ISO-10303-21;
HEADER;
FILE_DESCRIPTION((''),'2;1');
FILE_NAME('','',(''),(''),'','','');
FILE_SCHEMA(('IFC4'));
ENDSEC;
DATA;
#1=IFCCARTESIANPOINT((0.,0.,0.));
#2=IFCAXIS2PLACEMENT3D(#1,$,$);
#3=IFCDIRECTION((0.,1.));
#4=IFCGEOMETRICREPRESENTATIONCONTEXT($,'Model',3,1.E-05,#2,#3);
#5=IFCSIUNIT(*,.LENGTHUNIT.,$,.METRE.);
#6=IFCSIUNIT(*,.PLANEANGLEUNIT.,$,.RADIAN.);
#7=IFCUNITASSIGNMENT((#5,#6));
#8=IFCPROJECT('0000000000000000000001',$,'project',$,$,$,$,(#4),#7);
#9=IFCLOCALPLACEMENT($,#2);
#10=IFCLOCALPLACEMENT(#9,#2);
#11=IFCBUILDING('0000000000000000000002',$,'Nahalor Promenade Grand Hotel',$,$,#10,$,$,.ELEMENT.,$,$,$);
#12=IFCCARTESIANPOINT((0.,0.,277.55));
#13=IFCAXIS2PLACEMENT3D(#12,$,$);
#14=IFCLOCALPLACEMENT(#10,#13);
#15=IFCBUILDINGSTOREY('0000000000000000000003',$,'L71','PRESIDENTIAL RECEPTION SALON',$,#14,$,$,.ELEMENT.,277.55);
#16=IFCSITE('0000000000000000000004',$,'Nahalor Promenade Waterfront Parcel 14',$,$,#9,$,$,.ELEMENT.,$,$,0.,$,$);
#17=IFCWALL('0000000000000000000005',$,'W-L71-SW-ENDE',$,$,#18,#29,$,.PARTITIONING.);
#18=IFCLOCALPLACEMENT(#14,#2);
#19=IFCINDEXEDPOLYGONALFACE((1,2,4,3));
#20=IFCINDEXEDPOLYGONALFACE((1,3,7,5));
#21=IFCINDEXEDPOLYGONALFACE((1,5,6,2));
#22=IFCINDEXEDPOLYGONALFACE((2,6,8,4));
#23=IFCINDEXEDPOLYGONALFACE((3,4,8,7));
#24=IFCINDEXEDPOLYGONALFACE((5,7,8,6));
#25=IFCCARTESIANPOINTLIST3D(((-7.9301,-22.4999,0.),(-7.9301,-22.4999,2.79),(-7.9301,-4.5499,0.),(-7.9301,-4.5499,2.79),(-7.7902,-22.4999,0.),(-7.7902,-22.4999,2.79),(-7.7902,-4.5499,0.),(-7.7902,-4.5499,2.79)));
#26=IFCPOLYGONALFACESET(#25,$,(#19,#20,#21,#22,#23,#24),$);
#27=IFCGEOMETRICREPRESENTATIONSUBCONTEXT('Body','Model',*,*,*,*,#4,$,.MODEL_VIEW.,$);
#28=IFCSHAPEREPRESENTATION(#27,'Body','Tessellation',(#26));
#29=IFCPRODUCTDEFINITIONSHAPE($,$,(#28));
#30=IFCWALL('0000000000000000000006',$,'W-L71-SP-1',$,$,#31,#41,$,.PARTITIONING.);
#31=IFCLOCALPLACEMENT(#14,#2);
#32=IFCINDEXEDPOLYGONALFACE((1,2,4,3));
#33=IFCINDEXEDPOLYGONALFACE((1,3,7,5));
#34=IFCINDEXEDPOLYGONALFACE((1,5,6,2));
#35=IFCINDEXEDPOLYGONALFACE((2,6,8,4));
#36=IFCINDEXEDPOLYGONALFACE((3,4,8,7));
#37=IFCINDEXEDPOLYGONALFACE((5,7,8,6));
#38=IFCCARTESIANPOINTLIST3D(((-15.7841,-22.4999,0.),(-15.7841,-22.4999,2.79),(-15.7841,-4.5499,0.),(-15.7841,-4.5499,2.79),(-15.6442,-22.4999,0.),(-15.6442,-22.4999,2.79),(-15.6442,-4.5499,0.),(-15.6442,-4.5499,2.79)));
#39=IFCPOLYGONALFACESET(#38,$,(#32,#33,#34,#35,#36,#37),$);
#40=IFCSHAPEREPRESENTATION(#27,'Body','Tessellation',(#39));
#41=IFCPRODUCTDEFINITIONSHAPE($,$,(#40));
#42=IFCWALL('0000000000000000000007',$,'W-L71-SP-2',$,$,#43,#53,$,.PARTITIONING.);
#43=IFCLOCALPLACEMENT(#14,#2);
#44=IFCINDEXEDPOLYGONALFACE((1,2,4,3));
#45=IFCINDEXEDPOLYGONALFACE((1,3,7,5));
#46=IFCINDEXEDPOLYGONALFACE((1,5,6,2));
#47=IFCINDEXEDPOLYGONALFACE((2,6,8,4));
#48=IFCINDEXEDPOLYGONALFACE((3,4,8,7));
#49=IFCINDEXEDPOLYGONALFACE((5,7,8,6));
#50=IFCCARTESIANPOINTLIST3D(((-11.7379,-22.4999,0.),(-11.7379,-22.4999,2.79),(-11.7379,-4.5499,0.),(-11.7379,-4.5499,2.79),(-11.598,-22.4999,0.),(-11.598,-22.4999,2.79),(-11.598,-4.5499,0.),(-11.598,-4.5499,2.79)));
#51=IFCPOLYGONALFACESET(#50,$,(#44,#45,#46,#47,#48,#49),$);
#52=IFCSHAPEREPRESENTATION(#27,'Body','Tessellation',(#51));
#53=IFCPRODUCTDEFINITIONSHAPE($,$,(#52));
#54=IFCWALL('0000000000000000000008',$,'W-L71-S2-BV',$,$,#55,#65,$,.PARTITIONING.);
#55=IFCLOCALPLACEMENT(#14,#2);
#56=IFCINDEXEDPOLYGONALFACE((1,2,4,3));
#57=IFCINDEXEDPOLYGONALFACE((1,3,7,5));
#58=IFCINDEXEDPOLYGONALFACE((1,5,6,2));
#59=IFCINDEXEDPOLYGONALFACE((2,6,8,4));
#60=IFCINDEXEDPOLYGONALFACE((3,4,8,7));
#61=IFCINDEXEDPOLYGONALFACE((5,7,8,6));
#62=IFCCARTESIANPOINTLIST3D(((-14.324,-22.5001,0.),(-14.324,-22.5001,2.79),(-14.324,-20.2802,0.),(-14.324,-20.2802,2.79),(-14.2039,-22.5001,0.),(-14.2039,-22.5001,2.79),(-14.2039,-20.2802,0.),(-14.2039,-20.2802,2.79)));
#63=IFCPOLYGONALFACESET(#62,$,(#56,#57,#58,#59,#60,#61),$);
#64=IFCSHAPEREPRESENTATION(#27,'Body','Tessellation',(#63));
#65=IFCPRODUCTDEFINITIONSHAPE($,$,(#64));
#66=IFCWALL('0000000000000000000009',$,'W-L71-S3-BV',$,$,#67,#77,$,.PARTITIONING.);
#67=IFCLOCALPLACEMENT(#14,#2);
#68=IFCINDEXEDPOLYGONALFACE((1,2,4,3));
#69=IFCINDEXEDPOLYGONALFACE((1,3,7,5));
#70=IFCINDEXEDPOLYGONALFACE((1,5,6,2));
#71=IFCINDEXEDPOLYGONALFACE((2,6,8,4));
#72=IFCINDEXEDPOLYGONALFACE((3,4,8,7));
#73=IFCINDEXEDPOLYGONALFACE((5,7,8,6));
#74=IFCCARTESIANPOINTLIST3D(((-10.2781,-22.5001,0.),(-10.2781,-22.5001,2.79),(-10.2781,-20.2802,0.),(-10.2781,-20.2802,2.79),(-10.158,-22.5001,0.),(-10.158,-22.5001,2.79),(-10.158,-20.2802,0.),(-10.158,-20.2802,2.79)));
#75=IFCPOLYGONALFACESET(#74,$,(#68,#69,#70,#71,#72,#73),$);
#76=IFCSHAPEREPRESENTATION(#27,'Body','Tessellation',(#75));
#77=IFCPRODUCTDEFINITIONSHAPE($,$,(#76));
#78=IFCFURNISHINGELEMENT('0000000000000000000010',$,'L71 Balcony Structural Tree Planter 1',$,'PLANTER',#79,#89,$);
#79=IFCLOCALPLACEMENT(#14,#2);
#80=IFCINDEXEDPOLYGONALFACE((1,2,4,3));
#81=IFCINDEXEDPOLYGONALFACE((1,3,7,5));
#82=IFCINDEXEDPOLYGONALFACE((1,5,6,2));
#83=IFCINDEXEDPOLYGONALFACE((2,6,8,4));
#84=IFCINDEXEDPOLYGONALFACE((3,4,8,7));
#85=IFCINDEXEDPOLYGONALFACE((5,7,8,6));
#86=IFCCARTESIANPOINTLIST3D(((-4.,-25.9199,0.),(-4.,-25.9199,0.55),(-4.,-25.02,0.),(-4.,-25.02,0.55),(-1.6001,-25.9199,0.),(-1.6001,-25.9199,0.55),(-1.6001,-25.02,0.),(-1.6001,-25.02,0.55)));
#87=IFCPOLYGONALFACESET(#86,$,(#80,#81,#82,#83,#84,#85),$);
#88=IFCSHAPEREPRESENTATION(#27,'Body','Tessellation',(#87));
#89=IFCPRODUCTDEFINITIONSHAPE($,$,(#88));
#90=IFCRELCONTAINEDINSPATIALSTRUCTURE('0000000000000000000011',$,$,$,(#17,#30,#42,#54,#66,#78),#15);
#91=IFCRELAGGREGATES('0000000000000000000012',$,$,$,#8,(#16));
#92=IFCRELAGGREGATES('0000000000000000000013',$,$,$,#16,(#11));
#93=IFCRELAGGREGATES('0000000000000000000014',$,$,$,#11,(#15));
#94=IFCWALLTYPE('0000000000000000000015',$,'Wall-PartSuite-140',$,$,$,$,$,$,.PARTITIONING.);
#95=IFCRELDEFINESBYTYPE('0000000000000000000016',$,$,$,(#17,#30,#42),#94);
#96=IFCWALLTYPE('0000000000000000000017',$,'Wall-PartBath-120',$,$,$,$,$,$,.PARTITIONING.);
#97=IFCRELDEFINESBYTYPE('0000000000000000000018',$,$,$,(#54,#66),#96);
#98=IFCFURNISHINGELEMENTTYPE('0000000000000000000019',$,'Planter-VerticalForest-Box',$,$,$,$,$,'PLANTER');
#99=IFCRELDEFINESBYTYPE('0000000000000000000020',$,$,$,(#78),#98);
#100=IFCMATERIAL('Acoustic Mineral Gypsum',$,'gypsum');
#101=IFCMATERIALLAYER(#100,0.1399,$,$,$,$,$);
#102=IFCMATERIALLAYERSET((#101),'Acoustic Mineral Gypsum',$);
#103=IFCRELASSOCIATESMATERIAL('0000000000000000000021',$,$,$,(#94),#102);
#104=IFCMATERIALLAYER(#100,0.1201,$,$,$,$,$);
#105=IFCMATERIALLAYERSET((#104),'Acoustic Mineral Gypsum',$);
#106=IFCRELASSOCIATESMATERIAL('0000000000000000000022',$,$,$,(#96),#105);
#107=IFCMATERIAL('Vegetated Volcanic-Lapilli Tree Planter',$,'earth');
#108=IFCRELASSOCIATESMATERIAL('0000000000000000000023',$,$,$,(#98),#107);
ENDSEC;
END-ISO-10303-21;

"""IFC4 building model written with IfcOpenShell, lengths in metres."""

from ifc_helpers import new_model, si_unit, direction, frame, frame_2d, origin, origin_2d, place, context, subcontext, project, spatial, rectangle, extrude, source, transform, mapped, material, layer, layer_set, type_object, element, save


model = new_model("IFC4")

# Units and contexts
model_context = context("Model", 3, precision=1e-05, world=origin(), true_north=direction((0.0, 1.0)))
body_context = subcontext(model_context, "Body", "Model", "MODEL_VIEW")
ifc_project = project(units=[si_unit("LENGTHUNIT", "METRE"), si_unit("PLANEANGLEUNIT", "RADIAN")], contexts=[model_context])

# Site, building, storey
site_placement = place(None, origin())
site = spatial("IfcSite", under=ifc_project, at=site_placement, Name="Nahalor Promenade Waterfront Parcel 14", CompositionType="ELEMENT", RefElevation=0.0)
building_placement = place(site_placement, origin())
building = spatial("IfcBuilding", under=site, at=building_placement, Name="Nahalor Promenade Grand Hotel", CompositionType="ELEMENT")
storey_placement = place(building_placement, frame((0.0, 0.0, 277.55)))
storey = spatial("IfcBuildingStorey", under=building, at=storey_placement, Name="L71", Description="PRESIDENTIAL RECEPTION SALON", CompositionType="ELEMENT", Elevation=277.55)

# Walls
ifc_material_1 = material(Name="Acoustic Mineral Gypsum", Category="gypsum")
ifc_layer_1 = layer(ifc_material_1, 0.1399)
ifc_layer_set_1 = layer_set([ifc_layer_1], Name="Acoustic Mineral Gypsum")
wall_type_1 = type_object("IfcWallType", Name="Wall-PartSuite-140", PredefinedType="PARTITIONING", material=ifc_layer_set_1)
shared_shape_1 = source(origin(), body_context, "Body", "SweptSolid", [
    extrude(rectangle(XDim=17.95, YDim=0.1399, at=frame_2d((8.9751, 0.0))), origin(), (0.0, 0.0, 1.0), 2.79),
])
for number, where, z_axis, x_axis, name in (
    (1, (-7.8601, -22.5, 0.0), (0.0, 0.0, 1.0), (0.0, 1.0, 0.0), "W-L71-SW-ENDE"),
    (2, (-15.7141, -22.5, 0.0), (0.0, 0.0, 1.0), (0.0, 1.0, 0.0), "W-L71-SP-1"),
    (3, (-11.668, -22.5, 0.0), (0.0, 0.0, 1.0), (0.0, 1.0, 0.0), "W-L71-SP-2"),
):
    element("IfcWall", number, at=place(storey_placement, frame(where, z_axis=z_axis, x_axis=x_axis)), inside=storey, type_object=wall_type_1, Name=name, PredefinedType="PARTITIONING", context=body_context, shape_type="MappedRepresentation", body=[
        mapped(shared_shape_1, transform((0.0, 0.0, 0.0), scale=1.0)),
    ])
ifc_layer_2 = layer(ifc_material_1, 0.1201)
ifc_layer_set_2 = layer_set([ifc_layer_2], Name="Acoustic Mineral Gypsum")
wall_type_2 = type_object("IfcWallType", Name="Wall-PartBath-120", PredefinedType="PARTITIONING", material=ifc_layer_set_2)
shared_shape_2 = source(origin(), body_context, "Body", "SweptSolid", [
    extrude(rectangle(XDim=2.22, YDim=0.1201, at=frame_2d((1.1099, 0.0))), origin(), (0.0, 0.0, 1.0), 2.79),
])
for number, where, z_axis, x_axis, name in (
    (4, (-14.2639, -22.5, 0.0), (0.0, 0.0, 1.0), (0.0, 1.0, 0.0), "W-L71-S2-BV"),
    (5, (-10.218, -22.5, 0.0), (0.0, 0.0, 1.0), (0.0, 1.0, 0.0), "W-L71-S3-BV"),
):
    element("IfcWall", number, at=place(storey_placement, frame(where, z_axis=z_axis, x_axis=x_axis)), inside=storey, type_object=wall_type_2, Name=name, PredefinedType="PARTITIONING", context=body_context, shape_type="MappedRepresentation", body=[
        mapped(shared_shape_2, transform((0.0, 0.0, 0.0), scale=1.0)),
    ])

# Furnishing element
ifc_material_2 = material(Name="Vegetated Volcanic-Lapilli Tree Planter", Category="earth")
furnishing_element_type = type_object("IfcFurnishingElementType", Name="Planter-VerticalForest-Box", ElementType="PLANTER", material=ifc_material_2)
shared_shape_3 = source(origin(), body_context, "Body", "SweptSolid", [
    extrude(rectangle(XDim=2.3999, YDim=0.8999, at=origin_2d()), origin(), (0.0, 0.0, 1.0), 0.55),
])
furnishing_placement = place(storey_placement, frame((-2.8, -25.47, 0.0), z_axis=(0.0, 0.0, 1.0), x_axis=(1.0, 0.0, 0.0)))
element("IfcFurnishingElement", 6, at=furnishing_placement, inside=storey, type_object=furnishing_element_type, Name="L71 Balcony Structural Tree Planter 1", ObjectType="PLANTER", context=body_context, shape_type="MappedRepresentation", body=[
    mapped(shared_shape_3, transform((0.0, 0.0, 0.0), scale=1.0)),
])

save(model, "model.ifc")
